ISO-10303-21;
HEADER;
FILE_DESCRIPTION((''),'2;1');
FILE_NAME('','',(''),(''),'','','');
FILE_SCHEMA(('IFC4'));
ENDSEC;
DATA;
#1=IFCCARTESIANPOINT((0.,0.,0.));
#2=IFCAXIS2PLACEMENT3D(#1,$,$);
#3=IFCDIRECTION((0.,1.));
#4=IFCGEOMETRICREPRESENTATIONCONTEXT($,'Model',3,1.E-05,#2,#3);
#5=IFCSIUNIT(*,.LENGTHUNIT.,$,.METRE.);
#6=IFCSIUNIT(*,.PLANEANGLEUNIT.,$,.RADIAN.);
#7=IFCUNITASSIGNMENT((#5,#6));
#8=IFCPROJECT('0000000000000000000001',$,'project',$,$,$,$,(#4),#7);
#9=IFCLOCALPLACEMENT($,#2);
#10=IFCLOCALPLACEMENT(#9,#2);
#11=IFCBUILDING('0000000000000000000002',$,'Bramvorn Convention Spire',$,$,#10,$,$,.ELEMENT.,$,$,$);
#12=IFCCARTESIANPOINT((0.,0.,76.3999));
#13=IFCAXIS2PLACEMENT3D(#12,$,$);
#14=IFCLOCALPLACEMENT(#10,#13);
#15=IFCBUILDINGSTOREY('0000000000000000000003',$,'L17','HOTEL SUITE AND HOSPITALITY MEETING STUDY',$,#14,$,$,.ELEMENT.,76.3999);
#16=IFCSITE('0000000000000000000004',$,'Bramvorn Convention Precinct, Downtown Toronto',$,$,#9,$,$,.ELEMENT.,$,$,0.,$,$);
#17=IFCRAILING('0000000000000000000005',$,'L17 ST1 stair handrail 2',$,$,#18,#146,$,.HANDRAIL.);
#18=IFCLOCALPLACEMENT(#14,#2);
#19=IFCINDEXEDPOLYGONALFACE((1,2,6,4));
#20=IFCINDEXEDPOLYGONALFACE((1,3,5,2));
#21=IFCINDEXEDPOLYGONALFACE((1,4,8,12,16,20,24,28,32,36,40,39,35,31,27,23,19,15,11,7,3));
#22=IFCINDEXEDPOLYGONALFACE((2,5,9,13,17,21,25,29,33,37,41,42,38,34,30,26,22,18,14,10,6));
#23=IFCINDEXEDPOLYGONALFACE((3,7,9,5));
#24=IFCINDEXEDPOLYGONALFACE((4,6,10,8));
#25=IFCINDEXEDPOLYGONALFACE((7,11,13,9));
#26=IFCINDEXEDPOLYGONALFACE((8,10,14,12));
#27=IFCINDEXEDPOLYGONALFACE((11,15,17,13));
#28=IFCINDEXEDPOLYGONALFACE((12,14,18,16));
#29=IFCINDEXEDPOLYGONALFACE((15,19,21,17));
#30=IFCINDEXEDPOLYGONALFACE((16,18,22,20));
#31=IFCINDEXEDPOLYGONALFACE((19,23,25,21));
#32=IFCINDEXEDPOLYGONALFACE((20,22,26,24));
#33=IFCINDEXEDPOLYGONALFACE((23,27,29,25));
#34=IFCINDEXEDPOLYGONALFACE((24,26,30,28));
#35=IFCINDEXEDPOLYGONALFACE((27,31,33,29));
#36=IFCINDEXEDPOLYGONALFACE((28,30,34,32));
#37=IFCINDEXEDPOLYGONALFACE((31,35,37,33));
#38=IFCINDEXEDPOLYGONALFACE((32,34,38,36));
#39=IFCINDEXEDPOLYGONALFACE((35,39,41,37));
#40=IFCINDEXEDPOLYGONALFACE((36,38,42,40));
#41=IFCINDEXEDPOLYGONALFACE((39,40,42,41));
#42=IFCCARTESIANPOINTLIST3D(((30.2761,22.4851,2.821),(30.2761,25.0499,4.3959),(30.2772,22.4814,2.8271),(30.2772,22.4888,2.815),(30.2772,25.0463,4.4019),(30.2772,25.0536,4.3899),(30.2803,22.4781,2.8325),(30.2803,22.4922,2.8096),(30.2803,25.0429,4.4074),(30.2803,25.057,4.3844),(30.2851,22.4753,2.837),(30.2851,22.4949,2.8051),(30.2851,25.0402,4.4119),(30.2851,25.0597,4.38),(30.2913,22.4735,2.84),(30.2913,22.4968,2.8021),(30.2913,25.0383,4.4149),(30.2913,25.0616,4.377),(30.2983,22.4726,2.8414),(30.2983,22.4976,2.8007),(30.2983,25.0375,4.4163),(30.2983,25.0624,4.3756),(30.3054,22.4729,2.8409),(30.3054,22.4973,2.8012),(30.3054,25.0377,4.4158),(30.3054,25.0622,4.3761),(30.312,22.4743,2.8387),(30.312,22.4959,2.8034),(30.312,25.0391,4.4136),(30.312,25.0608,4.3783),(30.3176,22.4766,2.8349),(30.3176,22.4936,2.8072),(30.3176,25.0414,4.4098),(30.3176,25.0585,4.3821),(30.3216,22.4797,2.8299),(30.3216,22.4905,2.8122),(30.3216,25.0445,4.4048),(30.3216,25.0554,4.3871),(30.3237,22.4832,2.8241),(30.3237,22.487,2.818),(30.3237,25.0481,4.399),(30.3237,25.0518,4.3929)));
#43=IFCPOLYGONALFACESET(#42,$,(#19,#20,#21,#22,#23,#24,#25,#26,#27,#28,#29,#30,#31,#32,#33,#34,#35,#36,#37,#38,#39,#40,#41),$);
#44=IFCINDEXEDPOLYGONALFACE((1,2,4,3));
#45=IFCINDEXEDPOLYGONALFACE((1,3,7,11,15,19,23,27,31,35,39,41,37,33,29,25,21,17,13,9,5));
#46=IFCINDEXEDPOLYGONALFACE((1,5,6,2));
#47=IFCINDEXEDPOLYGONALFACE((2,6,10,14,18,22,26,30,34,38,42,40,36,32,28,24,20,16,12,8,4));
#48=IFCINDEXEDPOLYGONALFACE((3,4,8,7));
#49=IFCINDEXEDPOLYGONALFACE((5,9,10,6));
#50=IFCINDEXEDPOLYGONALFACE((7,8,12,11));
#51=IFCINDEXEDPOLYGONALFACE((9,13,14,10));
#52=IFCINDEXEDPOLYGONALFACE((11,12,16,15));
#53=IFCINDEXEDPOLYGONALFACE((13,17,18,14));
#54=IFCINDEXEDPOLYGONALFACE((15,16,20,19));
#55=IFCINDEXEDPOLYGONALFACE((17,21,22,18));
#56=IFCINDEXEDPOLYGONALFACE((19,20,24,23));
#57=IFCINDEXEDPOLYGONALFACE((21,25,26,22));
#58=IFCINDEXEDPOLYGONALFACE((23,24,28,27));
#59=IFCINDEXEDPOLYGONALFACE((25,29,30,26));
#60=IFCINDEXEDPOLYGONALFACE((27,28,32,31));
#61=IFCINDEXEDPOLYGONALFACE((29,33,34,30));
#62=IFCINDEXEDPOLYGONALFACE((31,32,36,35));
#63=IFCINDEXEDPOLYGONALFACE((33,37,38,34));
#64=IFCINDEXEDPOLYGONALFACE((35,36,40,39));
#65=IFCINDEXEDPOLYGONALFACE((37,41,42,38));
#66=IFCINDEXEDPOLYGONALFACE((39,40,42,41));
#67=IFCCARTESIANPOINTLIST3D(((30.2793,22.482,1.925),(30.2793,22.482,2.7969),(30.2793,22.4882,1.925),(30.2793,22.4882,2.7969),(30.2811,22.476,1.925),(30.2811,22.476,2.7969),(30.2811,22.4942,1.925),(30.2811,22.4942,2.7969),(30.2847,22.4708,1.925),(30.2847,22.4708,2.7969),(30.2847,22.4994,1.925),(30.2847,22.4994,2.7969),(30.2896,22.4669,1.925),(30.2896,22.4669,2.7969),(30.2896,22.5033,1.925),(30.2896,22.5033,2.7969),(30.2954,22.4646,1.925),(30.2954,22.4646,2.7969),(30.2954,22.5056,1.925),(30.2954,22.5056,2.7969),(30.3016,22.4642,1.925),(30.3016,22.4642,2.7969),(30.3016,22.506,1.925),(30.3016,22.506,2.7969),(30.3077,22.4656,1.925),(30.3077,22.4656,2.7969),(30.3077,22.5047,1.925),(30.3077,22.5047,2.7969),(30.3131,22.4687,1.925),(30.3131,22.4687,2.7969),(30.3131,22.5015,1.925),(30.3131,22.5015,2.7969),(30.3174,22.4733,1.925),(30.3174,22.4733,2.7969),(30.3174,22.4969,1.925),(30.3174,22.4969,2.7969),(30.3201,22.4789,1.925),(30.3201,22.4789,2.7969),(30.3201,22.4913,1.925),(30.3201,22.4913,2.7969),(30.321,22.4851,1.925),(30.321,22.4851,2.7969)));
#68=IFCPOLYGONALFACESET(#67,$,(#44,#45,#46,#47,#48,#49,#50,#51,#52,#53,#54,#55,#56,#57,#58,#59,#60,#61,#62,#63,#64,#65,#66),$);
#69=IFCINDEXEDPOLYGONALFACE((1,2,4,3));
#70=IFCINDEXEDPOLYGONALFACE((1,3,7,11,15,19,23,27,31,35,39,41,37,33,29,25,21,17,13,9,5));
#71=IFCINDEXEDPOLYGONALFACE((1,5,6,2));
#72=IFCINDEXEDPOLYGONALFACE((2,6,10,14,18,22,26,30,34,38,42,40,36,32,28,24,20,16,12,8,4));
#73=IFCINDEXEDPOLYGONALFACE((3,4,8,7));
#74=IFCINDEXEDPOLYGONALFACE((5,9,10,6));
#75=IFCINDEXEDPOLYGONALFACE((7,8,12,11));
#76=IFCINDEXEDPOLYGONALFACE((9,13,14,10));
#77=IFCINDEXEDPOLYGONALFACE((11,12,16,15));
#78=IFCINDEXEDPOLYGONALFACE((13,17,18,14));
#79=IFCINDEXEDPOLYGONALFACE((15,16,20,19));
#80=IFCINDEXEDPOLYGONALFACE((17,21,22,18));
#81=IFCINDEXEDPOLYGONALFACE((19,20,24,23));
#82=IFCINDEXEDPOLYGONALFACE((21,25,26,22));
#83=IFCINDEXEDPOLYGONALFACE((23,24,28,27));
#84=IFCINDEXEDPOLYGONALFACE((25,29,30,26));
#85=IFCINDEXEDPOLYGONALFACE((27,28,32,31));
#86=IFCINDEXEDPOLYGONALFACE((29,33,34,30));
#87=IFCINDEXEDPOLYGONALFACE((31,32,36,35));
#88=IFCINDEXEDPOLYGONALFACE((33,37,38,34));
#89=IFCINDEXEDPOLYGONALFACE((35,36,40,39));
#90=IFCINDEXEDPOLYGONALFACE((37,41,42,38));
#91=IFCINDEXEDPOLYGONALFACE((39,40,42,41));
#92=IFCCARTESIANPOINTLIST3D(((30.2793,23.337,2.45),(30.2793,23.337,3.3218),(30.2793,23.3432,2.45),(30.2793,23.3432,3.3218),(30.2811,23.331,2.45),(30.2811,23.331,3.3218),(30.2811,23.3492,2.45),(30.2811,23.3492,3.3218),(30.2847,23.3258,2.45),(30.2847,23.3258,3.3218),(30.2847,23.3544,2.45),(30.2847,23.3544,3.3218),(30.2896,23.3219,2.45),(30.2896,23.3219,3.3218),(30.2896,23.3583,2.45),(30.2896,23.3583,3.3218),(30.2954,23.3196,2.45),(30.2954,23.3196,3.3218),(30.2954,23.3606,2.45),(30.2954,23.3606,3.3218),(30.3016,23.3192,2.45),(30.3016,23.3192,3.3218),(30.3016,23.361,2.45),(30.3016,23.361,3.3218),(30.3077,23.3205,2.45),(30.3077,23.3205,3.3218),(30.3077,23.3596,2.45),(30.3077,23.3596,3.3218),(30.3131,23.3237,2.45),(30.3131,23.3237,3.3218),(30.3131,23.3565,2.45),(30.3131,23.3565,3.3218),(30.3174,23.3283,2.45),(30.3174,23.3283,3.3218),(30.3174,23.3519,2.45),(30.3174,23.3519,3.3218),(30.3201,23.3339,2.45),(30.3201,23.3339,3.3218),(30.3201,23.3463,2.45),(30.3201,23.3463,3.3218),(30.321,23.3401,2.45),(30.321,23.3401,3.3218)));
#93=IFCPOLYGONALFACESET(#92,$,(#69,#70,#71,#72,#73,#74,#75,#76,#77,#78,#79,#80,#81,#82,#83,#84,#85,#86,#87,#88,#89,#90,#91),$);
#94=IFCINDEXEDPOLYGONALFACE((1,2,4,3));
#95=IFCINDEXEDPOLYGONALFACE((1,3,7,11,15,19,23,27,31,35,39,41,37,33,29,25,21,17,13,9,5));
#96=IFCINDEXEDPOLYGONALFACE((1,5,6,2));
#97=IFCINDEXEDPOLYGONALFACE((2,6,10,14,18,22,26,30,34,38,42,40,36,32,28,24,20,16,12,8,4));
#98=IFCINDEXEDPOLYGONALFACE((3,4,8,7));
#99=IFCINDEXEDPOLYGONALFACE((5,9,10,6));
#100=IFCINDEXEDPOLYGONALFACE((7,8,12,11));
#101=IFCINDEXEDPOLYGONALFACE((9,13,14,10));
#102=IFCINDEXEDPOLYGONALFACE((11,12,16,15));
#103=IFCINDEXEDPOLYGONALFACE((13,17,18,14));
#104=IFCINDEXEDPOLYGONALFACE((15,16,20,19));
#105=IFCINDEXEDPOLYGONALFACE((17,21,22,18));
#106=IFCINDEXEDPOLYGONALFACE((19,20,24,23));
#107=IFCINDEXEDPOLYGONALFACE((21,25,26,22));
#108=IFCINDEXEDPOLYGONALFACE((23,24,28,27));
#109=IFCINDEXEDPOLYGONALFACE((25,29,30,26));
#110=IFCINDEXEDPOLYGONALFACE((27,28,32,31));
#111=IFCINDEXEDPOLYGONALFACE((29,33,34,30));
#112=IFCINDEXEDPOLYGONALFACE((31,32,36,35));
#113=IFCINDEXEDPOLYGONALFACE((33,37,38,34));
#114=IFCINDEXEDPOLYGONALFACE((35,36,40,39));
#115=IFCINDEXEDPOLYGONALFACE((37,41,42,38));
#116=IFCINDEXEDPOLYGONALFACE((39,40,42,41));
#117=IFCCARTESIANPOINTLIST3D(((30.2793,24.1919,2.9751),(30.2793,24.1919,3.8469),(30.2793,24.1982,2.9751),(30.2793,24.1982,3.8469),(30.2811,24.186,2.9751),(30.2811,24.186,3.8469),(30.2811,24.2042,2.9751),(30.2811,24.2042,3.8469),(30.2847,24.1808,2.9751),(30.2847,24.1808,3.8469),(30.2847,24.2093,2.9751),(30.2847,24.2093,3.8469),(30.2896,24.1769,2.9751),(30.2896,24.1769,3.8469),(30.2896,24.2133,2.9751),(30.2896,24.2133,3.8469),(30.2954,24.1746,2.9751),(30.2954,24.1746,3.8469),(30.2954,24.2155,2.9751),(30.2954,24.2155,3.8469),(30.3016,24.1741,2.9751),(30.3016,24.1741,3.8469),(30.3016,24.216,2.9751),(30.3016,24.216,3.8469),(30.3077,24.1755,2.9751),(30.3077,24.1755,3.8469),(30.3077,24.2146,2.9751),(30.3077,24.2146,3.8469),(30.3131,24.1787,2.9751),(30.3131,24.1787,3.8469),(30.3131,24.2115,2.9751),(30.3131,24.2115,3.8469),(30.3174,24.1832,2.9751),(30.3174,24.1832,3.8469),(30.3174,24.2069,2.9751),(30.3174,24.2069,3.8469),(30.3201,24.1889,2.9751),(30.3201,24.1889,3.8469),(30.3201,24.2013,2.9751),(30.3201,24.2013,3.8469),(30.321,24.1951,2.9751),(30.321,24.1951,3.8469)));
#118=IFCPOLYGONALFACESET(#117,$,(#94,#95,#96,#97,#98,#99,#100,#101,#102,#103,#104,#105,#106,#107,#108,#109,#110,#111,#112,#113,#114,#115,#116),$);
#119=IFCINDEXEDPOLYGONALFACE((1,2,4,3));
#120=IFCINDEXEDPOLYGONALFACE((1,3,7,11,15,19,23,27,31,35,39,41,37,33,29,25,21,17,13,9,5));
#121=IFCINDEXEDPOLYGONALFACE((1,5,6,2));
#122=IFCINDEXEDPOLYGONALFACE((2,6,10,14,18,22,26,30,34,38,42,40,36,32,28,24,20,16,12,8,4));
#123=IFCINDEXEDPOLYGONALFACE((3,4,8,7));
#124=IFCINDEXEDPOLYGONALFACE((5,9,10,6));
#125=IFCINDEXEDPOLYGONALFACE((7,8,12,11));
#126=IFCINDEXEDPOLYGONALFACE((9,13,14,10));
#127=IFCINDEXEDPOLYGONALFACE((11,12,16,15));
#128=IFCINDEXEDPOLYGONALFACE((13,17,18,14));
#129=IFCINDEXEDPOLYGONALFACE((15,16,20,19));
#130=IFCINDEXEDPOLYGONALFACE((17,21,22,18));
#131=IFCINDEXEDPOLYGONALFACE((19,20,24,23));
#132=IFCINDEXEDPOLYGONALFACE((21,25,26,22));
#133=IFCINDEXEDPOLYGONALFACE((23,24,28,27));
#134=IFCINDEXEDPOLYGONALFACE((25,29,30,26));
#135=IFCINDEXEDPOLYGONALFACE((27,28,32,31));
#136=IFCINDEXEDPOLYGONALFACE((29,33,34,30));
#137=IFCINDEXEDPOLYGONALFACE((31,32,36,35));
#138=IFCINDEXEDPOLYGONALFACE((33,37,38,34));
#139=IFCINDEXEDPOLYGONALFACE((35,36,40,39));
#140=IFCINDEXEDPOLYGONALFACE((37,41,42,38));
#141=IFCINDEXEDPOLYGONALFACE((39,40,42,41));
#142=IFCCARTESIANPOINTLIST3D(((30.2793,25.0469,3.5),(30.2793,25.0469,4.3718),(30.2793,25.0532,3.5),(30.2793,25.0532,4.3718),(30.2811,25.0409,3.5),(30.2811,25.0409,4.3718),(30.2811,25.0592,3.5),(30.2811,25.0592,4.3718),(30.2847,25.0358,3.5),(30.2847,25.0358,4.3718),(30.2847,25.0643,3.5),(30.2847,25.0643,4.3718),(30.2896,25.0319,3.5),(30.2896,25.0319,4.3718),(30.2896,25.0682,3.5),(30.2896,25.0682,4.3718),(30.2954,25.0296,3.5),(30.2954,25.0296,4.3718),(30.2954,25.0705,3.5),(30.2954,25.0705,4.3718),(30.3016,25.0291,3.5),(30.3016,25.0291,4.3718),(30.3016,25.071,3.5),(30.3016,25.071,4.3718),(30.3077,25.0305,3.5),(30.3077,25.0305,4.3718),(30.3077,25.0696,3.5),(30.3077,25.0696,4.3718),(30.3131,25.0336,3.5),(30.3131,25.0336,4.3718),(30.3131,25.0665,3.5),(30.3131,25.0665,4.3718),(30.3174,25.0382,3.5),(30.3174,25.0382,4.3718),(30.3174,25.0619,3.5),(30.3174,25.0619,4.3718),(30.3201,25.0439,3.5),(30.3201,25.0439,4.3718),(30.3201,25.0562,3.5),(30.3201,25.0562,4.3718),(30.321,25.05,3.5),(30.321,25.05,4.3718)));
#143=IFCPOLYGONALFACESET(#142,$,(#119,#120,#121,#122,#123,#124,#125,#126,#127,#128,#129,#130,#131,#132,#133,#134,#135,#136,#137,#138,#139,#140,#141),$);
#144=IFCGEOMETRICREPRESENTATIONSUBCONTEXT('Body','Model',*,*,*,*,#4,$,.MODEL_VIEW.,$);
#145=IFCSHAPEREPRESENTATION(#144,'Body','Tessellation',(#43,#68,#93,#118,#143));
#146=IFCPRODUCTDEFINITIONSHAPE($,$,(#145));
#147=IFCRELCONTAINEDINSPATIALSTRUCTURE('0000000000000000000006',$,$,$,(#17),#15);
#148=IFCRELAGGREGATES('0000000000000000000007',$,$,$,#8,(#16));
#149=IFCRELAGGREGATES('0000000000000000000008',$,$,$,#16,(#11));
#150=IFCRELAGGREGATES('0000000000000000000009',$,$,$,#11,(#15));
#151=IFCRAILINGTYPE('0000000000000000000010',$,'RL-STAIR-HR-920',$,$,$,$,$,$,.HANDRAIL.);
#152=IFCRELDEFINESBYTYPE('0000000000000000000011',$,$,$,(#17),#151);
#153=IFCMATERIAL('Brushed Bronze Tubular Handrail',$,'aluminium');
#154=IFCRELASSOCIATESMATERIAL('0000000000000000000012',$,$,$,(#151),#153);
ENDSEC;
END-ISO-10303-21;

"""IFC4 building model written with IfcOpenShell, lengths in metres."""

from ifc_helpers import new_model, si_unit, direction, frame, origin, origin_2d, place, context, subcontext, project, spatial, circle, extrude, material, type_object, element, save


model = new_model("IFC4")

# Units and contexts
model_context = context("Model", 3, precision=1e-05, world=origin(), true_north=direction((0.0, 1.0)))
body_context = subcontext(model_context, "Body", "Model", "MODEL_VIEW")
ifc_project = project(units=[si_unit("LENGTHUNIT", "METRE"), si_unit("PLANEANGLEUNIT", "RADIAN")], contexts=[model_context])

# Site, building, storey
site_placement = place(None, origin())
site = spatial("IfcSite", under=ifc_project, at=site_placement, Name="Bramvorn Convention Precinct, Downtown Toronto", CompositionType="ELEMENT", RefElevation=0.0)
building_placement = place(site_placement, origin())
building = spatial("IfcBuilding", under=site, at=building_placement, Name="Bramvorn Convention Spire", CompositionType="ELEMENT")
storey_placement = place(building_placement, frame((0.0, 0.0, 76.3999)))
storey = spatial("IfcBuildingStorey", under=building, at=storey_placement, Name="L17", Description="HOTEL SUITE AND HOSPITALITY MEETING STUDY", CompositionType="ELEMENT", Elevation=76.3999)

# Railing
ifc_material_1 = material(Name="Brushed Bronze Tubular Handrail", Category="aluminium")
railing_type_1 = type_object("IfcRailingType", Name="RL-STAIR-HR-920", PredefinedType="HANDRAIL", material=ifc_material_1)
railing_1_placement = place(storey_placement, frame((30.3, 22.4851, 1.925)))
element("IfcRailing", 1, at=railing_1_placement, inside=storey, type_object=railing_type_1, Name="L17 ST1 stair handrail 2", PredefinedType="HANDRAIL", context=body_context, shape_type="SweptSolid", body=[
    extrude(circle(Radius=0.0239, at=origin_2d()), frame((0.0, 0.0, 0.896), z_axis=(0.0, 0.852173, 0.52326), x_axis=(-1.0, 0.0, 0.0)), (0.0, 0.0, 1.0), 3.0098),
    extrude(circle(Radius=0.021, at=origin_2d()), origin(), (0.0, 0.0, 1.0), 0.8718),
    extrude(circle(Radius=0.021, at=origin_2d()), frame((0.0, 0.855, 0.5249)), (0.0, 0.0, 1.0), 0.8718),
    extrude(circle(Radius=0.021, at=origin_2d()), frame((0.0, 1.71, 1.05)), (0.0, 0.0, 1.0), 0.8718),
    extrude(circle(Radius=0.021, at=origin_2d()), frame((0.0, 2.5649, 1.575)), (0.0, 0.0, 1.0), 0.8718),
])

save(model, "model.ifc")
